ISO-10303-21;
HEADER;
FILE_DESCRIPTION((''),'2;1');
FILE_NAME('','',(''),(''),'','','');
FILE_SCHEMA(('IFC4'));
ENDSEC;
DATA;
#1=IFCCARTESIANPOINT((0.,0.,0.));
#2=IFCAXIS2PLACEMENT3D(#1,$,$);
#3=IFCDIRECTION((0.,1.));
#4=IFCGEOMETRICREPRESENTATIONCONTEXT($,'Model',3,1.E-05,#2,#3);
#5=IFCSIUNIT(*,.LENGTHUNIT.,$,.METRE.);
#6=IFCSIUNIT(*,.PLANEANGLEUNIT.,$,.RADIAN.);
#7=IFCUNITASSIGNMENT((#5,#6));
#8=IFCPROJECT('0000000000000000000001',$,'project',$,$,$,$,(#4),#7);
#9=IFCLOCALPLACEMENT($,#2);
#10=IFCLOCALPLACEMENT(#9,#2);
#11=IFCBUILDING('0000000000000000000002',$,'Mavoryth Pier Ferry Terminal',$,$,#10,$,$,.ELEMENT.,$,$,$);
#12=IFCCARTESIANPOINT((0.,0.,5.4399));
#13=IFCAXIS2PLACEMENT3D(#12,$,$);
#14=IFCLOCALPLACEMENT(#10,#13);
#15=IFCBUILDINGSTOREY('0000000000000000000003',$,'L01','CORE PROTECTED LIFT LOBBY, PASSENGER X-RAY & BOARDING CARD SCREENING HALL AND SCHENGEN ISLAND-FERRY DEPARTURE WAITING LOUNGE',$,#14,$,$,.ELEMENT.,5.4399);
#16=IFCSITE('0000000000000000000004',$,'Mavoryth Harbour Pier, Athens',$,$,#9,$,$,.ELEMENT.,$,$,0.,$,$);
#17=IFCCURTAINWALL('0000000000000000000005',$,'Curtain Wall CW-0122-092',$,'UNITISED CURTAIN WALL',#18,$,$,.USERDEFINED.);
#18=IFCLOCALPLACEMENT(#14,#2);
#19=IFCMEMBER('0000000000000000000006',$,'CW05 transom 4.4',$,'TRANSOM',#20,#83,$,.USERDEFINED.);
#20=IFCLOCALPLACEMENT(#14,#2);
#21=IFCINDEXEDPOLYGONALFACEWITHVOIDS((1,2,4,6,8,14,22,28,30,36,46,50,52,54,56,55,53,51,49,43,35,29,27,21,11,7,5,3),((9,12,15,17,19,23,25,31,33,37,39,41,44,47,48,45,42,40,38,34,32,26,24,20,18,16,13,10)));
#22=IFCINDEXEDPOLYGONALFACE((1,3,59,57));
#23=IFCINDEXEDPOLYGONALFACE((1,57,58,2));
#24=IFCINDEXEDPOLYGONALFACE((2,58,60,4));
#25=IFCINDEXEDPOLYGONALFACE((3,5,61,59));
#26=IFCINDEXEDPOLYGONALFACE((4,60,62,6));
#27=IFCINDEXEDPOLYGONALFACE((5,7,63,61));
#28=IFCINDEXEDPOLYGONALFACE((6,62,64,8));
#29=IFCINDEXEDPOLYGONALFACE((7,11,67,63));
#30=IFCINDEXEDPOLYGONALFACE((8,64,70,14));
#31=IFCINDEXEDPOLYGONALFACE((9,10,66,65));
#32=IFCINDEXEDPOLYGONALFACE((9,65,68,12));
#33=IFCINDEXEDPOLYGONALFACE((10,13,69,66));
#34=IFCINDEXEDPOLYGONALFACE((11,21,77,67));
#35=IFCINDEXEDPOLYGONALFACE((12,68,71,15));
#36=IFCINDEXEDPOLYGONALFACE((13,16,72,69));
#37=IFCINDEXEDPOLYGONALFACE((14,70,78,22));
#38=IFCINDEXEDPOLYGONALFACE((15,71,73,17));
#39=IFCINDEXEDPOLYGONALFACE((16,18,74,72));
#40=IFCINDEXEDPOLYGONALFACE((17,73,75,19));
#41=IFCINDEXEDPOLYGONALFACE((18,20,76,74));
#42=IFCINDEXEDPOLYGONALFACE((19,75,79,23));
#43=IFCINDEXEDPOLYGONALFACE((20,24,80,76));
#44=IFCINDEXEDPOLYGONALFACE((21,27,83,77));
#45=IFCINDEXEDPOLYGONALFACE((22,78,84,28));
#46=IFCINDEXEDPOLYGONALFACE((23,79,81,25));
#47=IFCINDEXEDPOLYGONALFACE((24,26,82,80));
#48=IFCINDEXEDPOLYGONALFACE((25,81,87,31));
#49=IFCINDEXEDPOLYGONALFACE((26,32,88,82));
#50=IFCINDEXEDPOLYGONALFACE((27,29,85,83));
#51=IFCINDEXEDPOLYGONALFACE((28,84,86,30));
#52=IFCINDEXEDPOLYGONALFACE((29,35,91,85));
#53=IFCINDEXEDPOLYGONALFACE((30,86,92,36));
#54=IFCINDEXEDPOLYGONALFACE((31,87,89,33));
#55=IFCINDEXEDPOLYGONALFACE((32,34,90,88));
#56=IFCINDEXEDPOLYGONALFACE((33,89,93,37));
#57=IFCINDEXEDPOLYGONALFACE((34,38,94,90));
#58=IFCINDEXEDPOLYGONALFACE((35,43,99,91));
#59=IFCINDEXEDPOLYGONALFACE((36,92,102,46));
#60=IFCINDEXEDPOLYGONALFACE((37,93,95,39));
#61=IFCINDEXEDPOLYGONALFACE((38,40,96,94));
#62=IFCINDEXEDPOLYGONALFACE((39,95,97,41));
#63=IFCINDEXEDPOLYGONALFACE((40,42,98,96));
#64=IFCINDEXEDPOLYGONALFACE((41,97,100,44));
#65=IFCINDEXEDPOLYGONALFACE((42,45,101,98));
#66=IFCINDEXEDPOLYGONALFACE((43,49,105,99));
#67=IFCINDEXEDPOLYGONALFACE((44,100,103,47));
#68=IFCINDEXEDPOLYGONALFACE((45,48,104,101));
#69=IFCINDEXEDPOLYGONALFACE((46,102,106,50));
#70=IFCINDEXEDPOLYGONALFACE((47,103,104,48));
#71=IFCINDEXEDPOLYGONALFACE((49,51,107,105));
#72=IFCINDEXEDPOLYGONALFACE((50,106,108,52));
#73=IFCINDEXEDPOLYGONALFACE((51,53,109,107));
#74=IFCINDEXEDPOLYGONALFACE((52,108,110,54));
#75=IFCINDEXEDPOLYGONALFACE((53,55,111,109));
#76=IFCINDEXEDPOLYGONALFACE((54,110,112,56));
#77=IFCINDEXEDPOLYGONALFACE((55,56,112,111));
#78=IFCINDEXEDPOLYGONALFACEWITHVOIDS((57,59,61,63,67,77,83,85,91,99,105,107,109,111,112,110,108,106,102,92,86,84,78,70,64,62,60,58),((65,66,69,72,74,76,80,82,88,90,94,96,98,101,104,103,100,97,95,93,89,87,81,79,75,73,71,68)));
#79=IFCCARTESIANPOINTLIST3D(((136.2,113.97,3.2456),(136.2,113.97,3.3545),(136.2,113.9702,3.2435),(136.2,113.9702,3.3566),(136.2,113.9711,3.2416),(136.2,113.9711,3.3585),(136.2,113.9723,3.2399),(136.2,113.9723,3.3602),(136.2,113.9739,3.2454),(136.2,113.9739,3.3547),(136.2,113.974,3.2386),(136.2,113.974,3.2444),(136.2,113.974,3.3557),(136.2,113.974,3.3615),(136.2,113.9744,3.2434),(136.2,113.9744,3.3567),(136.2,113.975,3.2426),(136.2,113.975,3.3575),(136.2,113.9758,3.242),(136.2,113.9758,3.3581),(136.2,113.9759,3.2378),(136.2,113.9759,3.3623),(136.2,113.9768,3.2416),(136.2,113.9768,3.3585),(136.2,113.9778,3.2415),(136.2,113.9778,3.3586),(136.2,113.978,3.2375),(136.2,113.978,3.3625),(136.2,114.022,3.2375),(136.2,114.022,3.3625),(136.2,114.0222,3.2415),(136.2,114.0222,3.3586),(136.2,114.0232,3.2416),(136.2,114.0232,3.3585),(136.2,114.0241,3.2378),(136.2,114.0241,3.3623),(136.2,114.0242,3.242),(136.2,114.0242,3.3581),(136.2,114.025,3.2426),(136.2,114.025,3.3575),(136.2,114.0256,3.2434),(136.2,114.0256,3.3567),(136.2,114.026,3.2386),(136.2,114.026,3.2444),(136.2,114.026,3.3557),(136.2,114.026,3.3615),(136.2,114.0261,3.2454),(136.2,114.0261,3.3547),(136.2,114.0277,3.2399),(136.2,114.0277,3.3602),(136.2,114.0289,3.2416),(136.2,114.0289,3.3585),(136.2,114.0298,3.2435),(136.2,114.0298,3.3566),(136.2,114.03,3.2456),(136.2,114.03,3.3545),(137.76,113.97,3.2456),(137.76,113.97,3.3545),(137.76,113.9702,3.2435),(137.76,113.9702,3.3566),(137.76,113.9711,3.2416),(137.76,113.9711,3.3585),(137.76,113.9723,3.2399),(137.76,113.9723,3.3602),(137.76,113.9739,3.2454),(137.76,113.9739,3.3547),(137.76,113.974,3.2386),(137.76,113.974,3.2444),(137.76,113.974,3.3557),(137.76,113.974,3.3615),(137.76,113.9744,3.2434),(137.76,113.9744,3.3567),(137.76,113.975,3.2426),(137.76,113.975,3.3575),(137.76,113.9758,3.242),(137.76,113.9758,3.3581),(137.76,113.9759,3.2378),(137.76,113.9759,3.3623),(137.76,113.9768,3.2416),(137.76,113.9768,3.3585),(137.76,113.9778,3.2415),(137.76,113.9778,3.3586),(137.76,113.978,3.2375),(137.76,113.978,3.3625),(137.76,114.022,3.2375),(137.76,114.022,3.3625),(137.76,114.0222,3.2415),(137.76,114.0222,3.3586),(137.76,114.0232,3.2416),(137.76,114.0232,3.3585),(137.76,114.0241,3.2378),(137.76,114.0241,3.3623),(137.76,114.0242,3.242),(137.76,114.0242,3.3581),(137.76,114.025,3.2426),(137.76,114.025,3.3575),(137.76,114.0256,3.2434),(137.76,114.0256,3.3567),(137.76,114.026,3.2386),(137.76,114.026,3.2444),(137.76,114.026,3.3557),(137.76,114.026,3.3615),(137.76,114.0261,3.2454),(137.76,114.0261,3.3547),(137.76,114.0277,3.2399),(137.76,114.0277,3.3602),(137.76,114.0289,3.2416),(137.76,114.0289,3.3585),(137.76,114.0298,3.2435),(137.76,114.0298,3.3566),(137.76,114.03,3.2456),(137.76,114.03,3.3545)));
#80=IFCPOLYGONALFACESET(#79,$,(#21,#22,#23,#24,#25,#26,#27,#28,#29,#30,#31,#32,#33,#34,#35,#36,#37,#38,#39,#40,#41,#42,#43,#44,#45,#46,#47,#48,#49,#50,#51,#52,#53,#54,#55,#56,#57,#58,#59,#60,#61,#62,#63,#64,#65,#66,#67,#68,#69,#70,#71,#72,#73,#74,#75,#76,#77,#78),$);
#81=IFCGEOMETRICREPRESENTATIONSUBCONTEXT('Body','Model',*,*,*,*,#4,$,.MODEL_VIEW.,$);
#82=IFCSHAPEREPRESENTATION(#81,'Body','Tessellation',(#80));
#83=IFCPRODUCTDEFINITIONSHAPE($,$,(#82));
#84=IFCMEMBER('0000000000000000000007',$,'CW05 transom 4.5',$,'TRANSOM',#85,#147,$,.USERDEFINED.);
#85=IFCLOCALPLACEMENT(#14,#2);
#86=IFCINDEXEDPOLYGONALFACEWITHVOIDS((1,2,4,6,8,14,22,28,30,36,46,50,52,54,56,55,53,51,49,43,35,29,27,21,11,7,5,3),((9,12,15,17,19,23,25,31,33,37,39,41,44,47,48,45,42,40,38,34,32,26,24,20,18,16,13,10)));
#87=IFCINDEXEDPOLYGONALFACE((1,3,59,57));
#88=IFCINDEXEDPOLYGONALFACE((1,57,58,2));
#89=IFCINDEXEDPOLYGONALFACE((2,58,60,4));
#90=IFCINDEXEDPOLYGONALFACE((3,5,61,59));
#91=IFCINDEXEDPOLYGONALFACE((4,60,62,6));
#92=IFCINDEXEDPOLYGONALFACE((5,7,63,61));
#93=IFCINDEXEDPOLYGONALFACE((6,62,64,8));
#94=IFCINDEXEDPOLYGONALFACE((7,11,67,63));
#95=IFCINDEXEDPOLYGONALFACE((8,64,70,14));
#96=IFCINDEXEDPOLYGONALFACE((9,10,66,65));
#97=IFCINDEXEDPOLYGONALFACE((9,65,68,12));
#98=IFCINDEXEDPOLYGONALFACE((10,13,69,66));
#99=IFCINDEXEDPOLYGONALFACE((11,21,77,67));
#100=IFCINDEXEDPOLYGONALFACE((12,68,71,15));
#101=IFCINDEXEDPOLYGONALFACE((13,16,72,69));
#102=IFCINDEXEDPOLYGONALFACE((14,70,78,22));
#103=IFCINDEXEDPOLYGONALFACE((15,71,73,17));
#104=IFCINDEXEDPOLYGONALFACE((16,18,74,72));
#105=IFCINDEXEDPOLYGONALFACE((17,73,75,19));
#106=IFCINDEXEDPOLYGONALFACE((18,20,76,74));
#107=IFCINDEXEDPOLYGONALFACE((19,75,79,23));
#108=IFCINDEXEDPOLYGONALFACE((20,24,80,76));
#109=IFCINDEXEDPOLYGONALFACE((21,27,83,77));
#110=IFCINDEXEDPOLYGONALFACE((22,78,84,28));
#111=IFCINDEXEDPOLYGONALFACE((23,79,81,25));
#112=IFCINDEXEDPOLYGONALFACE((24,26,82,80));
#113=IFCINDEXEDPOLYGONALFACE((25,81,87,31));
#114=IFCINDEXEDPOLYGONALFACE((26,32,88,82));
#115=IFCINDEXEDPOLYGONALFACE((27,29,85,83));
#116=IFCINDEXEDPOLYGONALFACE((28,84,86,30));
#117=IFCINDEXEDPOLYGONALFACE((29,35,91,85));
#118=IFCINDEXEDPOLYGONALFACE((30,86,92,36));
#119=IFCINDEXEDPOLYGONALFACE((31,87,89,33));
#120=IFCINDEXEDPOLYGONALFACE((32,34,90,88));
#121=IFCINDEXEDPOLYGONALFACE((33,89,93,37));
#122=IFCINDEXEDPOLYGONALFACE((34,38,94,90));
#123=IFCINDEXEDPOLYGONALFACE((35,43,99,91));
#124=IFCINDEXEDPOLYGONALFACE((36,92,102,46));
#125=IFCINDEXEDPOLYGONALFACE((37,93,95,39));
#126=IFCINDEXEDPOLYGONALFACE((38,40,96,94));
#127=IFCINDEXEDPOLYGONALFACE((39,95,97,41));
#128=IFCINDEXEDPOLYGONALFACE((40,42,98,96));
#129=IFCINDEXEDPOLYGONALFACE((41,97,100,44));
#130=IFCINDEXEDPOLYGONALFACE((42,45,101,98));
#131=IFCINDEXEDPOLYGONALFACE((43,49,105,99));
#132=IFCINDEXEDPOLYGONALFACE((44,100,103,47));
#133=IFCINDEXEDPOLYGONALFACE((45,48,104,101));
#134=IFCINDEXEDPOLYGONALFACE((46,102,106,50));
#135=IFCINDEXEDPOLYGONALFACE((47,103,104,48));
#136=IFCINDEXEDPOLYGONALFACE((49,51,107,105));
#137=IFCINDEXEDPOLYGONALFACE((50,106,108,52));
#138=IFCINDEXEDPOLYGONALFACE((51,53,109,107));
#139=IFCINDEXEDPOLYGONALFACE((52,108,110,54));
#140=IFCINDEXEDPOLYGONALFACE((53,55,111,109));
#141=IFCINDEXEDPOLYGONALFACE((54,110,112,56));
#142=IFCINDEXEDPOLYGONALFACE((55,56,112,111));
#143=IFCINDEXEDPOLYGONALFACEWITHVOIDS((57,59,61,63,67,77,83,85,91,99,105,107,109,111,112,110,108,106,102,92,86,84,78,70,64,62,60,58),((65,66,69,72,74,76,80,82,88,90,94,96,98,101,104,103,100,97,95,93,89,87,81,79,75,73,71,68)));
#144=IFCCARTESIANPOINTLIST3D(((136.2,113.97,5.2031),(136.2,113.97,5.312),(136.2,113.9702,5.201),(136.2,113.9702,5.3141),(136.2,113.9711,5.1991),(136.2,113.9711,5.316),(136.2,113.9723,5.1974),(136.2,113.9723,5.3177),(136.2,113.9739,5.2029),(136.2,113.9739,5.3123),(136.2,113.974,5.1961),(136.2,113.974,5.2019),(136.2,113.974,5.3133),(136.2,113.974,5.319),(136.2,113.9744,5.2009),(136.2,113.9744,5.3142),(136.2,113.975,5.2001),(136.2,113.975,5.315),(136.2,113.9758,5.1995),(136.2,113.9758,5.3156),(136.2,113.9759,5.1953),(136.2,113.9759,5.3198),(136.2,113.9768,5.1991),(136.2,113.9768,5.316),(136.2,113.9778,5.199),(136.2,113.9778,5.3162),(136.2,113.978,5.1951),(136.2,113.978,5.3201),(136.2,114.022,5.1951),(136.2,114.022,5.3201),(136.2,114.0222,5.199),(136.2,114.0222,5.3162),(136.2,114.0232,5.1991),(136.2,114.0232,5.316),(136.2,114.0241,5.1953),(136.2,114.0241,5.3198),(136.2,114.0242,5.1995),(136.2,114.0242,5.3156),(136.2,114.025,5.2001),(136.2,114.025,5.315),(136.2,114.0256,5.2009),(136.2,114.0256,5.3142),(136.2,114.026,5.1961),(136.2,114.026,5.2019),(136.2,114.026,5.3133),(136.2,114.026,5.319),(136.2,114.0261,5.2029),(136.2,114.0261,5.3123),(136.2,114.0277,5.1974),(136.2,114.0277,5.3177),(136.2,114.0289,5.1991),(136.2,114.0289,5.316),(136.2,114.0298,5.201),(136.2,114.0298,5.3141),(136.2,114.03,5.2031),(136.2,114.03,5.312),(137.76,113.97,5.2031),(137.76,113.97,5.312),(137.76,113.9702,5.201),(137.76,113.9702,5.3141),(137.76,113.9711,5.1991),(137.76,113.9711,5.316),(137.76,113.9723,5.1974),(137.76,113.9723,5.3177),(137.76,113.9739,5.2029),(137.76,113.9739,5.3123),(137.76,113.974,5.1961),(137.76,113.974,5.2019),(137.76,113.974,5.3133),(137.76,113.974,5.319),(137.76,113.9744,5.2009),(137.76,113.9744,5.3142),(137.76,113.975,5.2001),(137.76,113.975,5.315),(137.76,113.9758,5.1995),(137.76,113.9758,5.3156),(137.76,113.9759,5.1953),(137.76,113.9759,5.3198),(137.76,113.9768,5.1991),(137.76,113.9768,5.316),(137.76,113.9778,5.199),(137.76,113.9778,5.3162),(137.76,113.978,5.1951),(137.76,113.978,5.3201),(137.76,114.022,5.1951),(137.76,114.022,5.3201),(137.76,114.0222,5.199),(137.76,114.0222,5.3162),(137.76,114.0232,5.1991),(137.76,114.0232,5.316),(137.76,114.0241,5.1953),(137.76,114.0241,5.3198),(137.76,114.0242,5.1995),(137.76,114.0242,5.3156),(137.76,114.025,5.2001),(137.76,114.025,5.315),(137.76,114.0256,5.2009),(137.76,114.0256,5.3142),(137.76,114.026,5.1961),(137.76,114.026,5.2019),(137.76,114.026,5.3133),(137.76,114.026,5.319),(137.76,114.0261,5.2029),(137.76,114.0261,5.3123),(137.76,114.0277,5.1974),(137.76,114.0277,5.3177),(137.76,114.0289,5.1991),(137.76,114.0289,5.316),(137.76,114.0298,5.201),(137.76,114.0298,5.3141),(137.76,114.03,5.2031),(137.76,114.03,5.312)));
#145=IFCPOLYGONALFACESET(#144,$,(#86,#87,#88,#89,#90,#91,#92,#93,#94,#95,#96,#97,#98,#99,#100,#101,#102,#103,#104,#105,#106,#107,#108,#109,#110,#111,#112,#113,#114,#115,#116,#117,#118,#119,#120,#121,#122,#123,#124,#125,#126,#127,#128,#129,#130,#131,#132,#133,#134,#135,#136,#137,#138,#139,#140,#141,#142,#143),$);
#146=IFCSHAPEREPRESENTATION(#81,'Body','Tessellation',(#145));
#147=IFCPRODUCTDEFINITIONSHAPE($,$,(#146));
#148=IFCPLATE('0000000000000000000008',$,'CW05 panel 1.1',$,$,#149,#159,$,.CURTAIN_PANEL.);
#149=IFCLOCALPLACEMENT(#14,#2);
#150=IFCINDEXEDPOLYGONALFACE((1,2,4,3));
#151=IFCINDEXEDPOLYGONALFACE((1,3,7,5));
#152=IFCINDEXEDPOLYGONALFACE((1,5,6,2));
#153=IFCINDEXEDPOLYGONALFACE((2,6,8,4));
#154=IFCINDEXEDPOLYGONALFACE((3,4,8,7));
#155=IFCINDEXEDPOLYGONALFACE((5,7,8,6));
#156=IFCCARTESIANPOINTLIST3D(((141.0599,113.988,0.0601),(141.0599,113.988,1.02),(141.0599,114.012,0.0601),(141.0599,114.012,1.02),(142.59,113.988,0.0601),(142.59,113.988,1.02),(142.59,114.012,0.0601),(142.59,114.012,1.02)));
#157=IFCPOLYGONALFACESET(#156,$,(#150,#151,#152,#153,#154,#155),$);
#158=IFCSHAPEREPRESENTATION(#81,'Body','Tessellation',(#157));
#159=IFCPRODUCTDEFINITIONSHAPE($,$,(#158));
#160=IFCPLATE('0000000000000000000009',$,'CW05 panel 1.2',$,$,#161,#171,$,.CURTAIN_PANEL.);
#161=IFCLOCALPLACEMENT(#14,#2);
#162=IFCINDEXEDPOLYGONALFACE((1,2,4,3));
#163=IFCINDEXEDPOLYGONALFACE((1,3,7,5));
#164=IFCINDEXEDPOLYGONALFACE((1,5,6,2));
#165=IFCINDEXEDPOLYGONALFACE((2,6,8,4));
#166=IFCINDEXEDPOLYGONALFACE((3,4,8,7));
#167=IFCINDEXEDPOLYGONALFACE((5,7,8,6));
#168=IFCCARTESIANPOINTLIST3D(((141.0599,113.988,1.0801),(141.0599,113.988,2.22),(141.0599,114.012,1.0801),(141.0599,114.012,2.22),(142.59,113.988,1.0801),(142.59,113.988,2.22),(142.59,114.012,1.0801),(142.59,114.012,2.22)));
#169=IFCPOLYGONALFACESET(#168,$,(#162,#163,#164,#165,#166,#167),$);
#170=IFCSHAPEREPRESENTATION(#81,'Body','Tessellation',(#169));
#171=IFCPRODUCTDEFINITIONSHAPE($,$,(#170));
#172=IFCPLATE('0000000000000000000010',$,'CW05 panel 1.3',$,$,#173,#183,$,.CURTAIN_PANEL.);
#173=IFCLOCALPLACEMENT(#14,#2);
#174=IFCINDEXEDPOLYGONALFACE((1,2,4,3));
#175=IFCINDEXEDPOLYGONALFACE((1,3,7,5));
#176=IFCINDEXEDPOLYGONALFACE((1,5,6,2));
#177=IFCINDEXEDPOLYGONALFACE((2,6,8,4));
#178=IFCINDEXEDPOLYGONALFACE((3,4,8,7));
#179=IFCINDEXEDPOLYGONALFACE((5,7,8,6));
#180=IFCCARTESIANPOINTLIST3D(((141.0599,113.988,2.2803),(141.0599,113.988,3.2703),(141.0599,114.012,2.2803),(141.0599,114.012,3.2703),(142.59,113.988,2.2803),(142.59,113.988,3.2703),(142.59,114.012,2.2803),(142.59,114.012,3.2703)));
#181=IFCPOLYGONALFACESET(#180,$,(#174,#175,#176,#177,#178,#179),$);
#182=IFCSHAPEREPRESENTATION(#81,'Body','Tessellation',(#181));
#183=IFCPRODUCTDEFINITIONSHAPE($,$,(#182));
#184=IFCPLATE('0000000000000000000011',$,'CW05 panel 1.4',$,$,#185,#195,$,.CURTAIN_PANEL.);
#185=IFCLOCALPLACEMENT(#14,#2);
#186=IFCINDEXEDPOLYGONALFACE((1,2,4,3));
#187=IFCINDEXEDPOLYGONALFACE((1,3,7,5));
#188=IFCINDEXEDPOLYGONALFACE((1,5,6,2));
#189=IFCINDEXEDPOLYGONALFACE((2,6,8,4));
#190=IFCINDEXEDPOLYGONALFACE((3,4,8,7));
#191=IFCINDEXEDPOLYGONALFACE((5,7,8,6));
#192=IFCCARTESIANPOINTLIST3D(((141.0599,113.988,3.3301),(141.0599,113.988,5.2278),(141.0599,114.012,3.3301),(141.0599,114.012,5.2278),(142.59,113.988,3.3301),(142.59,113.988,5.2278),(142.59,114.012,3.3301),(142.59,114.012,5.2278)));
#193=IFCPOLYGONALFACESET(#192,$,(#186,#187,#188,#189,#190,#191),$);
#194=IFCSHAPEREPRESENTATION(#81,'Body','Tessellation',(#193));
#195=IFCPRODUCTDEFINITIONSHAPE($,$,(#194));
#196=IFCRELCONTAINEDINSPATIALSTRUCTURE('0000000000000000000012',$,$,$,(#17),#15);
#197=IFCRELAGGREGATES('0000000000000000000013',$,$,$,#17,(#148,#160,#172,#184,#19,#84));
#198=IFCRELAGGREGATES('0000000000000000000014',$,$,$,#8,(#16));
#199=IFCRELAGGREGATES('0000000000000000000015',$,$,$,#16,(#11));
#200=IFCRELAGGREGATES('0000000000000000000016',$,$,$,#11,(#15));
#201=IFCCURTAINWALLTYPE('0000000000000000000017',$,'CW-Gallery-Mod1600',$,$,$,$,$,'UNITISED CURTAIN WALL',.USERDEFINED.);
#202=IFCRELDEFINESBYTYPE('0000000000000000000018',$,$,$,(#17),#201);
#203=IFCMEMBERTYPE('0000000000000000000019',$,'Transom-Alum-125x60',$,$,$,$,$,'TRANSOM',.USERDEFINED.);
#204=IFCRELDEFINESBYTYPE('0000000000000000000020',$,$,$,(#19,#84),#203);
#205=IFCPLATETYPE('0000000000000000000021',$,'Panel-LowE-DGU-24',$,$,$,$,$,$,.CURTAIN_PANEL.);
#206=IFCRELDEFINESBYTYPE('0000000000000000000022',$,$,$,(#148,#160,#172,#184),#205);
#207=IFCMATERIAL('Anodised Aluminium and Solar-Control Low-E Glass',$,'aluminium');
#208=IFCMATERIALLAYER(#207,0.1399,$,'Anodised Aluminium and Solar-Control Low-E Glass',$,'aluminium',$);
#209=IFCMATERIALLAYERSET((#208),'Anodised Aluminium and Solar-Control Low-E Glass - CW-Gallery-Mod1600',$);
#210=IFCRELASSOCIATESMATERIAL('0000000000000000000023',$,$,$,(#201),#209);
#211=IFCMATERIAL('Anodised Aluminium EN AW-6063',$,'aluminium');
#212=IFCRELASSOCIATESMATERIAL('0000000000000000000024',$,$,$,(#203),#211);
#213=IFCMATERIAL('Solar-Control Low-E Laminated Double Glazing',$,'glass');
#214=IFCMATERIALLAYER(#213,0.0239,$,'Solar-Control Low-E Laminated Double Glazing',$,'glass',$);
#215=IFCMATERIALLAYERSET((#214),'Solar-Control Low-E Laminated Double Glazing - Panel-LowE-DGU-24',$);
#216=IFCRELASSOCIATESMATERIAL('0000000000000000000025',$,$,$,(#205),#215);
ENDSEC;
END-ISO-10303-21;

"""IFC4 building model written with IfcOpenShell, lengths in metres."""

from ifc_helpers import new_model, si_unit, direction, frame, origin, origin_2d, place, context, subcontext, project, spatial, rectangle, hollow_rectangle, extrude, material, layer, layer_set, material_profile, profile_set, type_object, element, aggregate, save


model = new_model("IFC4")

# Units and contexts
model_context = context("Model", 3, precision=1e-05, world=origin(), true_north=direction((0.0, 1.0)))
body_context = subcontext(model_context, "Body", "Model", "MODEL_VIEW")
ifc_project = project(units=[si_unit("LENGTHUNIT", "METRE"), si_unit("PLANEANGLEUNIT", "RADIAN")], contexts=[model_context])

# Site, building, storey
site_placement = place(None, origin())
site = spatial("IfcSite", under=ifc_project, at=site_placement, Name="Mavoryth Harbour Pier, Athens", CompositionType="ELEMENT", RefElevation=0.0)
building_placement = place(site_placement, origin())
building = spatial("IfcBuilding", under=site, at=building_placement, Name="Mavoryth Pier Ferry Terminal", CompositionType="ELEMENT")
storey_placement = place(building_placement, frame((0.0, 0.0, 5.4399)))
storey = spatial("IfcBuildingStorey", under=building, at=storey_placement, Name="L01", Description="CORE PROTECTED LIFT LOBBY, PASSENGER X-RAY & BOARDING CARD SCREENING HALL AND SCHENGEN ISLAND-FERRY DEPARTURE WAITING LOUNGE", CompositionType="ELEMENT", Elevation=5.4399)

# Curtain wall, members, plates
ifc_material_1 = material(Name="Anodised Aluminium and Solar-Control Low-E Glass", Category="aluminium")
ifc_layer_1 = layer(ifc_material_1, 0.1399, Name="Anodised Aluminium and Solar-Control Low-E Glass", Category="aluminium")
ifc_layer_set_1 = layer_set([ifc_layer_1], Name="Anodised Aluminium and Solar-Control Low-E Glass - CW-Gallery-Mod1600")
curtain_wall_type = type_object("IfcCurtainWallType", Name="CW-Gallery-Mod1600", ElementType="UNITISED CURTAIN WALL", PredefinedType="USERDEFINED", material=ifc_layer_set_1)
curtain_wall_placement = place(storey_placement, origin())
curtain_wall = element("IfcCurtainWall", 1, at=curtain_wall_placement, inside=storey, type_object=curtain_wall_type, Name="Curtain Wall CW-0122-092", ObjectType="UNITISED CURTAIN WALL", PredefinedType="USERDEFINED")
ifc_material_2 = material(Name="Anodised Aluminium EN AW-6063", Category="aluminium")
ifc_material_profile_1 = material_profile(ifc_material_2, hollow_rectangle(XDim=0.0601, YDim=0.125, WallThickness=0.0039, InnerFilletRadius=0.0039, OuterFilletRadius=0.0081, at=origin_2d()), Name="AL-TRAN 125x60x4", Category="aluminium")
ifc_profile_set_1 = profile_set([ifc_material_profile_1], Name="Anodised Aluminium EN AW-6063 - AL-TRAN 125x60x4")
member_type_1 = type_object("IfcMemberType", Name="Transom-Alum-125x60", ElementType="TRANSOM", PredefinedType="USERDEFINED", material=ifc_profile_set_1)
member_1_placement = place(storey_placement, frame((137.76, 114.0, 3.3), z_axis=(-1.0, 0.0, 0.0), x_axis=(0.0, -1.0, 0.0)))
member_1 = element("IfcMember", 2, at=member_1_placement, type_object=member_type_1, Name="CW05 transom 4.4", ObjectType="TRANSOM", PredefinedType="USERDEFINED", context=body_context, shape_type="SweptSolid", body=[
    extrude(hollow_rectangle(XDim=0.0601, YDim=0.125, WallThickness=0.0039, InnerFilletRadius=0.0039, OuterFilletRadius=0.0081, at=origin_2d()), origin(), (0.0, 0.0, 1.0), 1.5601),
])
member_2_placement = place(storey_placement, frame((137.76, 114.0, 5.2576), z_axis=(-1.0, 0.0, 0.0), x_axis=(0.0, -1.0, 0.0)))
member_2 = element("IfcMember", 3, at=member_2_placement, type_object=member_type_1, Name="CW05 transom 4.5", ObjectType="TRANSOM", PredefinedType="USERDEFINED", context=body_context, shape_type="SweptSolid", body=[
    extrude(hollow_rectangle(XDim=0.0601, YDim=0.125, WallThickness=0.0039, InnerFilletRadius=0.0039, OuterFilletRadius=0.0081, at=origin_2d()), origin(), (0.0, 0.0, 1.0), 1.5601),
])
ifc_material_3 = material(Name="Solar-Control Low-E Laminated Double Glazing", Category="glass")
ifc_layer_2 = layer(ifc_material_3, 0.0239, Name="Solar-Control Low-E Laminated Double Glazing", Category="glass")
ifc_layer_set_2 = layer_set([ifc_layer_2], Name="Solar-Control Low-E Laminated Double Glazing - Panel-LowE-DGU-24")
plate_type = type_object("IfcPlateType", Name="Panel-LowE-DGU-24", PredefinedType="CURTAIN_PANEL", material=ifc_layer_set_2)
plate_1_placement = place(storey_placement, frame((141.825, 114.0, 0.0601), z_axis=(0.0, 0.0, 1.0), x_axis=(-1.0, 0.0, 0.0)))
plate_1 = element("IfcPlate", 4, at=plate_1_placement, type_object=plate_type, Name="CW05 panel 1.1", PredefinedType="CURTAIN_PANEL", context=body_context, shape_type="SweptSolid", body=[
    extrude(rectangle(XDim=1.53, YDim=0.0239, at=origin_2d()), origin(), (0.0, 0.0, 1.0), 0.96),
])
plate_2_placement = place(storey_placement, frame((141.825, 114.0, 1.0801), z_axis=(0.0, 0.0, 1.0), x_axis=(-1.0, 0.0, 0.0)))
plate_2 = element("IfcPlate", 5, at=plate_2_placement, type_object=plate_type, Name="CW05 panel 1.2", PredefinedType="CURTAIN_PANEL", context=body_context, shape_type="SweptSolid", body=[
    extrude(rectangle(XDim=1.53, YDim=0.0239, at=origin_2d()), origin(), (0.0, 0.0, 1.0), 1.1399),
])
plate_3_placement = place(storey_placement, frame((141.825, 114.0, 2.2803), z_axis=(0.0, 0.0, 1.0), x_axis=(-1.0, 0.0, 0.0)))
plate_3 = element("IfcPlate", 6, at=plate_3_placement, type_object=plate_type, Name="CW05 panel 1.3", PredefinedType="CURTAIN_PANEL", context=body_context, shape_type="SweptSolid", body=[
    extrude(rectangle(XDim=1.53, YDim=0.0239, at=origin_2d()), origin(), (0.0, 0.0, 1.0), 0.99),
])
plate_4_placement = place(storey_placement, frame((141.825, 114.0, 3.3301), z_axis=(0.0, 0.0, 1.0), x_axis=(-1.0, 0.0, 0.0)))
plate_4 = element("IfcPlate", 7, at=plate_4_placement, type_object=plate_type, Name="CW05 panel 1.4", PredefinedType="CURTAIN_PANEL", context=body_context, shape_type="SweptSolid", body=[
    extrude(rectangle(XDim=1.53, YDim=0.0239, at=origin_2d()), origin(), (0.0, 0.0, 1.0), 1.8977),
])
aggregate(curtain_wall, [plate_1, plate_2, plate_3, plate_4, member_1, member_2])

save(model, "model.ifc")
